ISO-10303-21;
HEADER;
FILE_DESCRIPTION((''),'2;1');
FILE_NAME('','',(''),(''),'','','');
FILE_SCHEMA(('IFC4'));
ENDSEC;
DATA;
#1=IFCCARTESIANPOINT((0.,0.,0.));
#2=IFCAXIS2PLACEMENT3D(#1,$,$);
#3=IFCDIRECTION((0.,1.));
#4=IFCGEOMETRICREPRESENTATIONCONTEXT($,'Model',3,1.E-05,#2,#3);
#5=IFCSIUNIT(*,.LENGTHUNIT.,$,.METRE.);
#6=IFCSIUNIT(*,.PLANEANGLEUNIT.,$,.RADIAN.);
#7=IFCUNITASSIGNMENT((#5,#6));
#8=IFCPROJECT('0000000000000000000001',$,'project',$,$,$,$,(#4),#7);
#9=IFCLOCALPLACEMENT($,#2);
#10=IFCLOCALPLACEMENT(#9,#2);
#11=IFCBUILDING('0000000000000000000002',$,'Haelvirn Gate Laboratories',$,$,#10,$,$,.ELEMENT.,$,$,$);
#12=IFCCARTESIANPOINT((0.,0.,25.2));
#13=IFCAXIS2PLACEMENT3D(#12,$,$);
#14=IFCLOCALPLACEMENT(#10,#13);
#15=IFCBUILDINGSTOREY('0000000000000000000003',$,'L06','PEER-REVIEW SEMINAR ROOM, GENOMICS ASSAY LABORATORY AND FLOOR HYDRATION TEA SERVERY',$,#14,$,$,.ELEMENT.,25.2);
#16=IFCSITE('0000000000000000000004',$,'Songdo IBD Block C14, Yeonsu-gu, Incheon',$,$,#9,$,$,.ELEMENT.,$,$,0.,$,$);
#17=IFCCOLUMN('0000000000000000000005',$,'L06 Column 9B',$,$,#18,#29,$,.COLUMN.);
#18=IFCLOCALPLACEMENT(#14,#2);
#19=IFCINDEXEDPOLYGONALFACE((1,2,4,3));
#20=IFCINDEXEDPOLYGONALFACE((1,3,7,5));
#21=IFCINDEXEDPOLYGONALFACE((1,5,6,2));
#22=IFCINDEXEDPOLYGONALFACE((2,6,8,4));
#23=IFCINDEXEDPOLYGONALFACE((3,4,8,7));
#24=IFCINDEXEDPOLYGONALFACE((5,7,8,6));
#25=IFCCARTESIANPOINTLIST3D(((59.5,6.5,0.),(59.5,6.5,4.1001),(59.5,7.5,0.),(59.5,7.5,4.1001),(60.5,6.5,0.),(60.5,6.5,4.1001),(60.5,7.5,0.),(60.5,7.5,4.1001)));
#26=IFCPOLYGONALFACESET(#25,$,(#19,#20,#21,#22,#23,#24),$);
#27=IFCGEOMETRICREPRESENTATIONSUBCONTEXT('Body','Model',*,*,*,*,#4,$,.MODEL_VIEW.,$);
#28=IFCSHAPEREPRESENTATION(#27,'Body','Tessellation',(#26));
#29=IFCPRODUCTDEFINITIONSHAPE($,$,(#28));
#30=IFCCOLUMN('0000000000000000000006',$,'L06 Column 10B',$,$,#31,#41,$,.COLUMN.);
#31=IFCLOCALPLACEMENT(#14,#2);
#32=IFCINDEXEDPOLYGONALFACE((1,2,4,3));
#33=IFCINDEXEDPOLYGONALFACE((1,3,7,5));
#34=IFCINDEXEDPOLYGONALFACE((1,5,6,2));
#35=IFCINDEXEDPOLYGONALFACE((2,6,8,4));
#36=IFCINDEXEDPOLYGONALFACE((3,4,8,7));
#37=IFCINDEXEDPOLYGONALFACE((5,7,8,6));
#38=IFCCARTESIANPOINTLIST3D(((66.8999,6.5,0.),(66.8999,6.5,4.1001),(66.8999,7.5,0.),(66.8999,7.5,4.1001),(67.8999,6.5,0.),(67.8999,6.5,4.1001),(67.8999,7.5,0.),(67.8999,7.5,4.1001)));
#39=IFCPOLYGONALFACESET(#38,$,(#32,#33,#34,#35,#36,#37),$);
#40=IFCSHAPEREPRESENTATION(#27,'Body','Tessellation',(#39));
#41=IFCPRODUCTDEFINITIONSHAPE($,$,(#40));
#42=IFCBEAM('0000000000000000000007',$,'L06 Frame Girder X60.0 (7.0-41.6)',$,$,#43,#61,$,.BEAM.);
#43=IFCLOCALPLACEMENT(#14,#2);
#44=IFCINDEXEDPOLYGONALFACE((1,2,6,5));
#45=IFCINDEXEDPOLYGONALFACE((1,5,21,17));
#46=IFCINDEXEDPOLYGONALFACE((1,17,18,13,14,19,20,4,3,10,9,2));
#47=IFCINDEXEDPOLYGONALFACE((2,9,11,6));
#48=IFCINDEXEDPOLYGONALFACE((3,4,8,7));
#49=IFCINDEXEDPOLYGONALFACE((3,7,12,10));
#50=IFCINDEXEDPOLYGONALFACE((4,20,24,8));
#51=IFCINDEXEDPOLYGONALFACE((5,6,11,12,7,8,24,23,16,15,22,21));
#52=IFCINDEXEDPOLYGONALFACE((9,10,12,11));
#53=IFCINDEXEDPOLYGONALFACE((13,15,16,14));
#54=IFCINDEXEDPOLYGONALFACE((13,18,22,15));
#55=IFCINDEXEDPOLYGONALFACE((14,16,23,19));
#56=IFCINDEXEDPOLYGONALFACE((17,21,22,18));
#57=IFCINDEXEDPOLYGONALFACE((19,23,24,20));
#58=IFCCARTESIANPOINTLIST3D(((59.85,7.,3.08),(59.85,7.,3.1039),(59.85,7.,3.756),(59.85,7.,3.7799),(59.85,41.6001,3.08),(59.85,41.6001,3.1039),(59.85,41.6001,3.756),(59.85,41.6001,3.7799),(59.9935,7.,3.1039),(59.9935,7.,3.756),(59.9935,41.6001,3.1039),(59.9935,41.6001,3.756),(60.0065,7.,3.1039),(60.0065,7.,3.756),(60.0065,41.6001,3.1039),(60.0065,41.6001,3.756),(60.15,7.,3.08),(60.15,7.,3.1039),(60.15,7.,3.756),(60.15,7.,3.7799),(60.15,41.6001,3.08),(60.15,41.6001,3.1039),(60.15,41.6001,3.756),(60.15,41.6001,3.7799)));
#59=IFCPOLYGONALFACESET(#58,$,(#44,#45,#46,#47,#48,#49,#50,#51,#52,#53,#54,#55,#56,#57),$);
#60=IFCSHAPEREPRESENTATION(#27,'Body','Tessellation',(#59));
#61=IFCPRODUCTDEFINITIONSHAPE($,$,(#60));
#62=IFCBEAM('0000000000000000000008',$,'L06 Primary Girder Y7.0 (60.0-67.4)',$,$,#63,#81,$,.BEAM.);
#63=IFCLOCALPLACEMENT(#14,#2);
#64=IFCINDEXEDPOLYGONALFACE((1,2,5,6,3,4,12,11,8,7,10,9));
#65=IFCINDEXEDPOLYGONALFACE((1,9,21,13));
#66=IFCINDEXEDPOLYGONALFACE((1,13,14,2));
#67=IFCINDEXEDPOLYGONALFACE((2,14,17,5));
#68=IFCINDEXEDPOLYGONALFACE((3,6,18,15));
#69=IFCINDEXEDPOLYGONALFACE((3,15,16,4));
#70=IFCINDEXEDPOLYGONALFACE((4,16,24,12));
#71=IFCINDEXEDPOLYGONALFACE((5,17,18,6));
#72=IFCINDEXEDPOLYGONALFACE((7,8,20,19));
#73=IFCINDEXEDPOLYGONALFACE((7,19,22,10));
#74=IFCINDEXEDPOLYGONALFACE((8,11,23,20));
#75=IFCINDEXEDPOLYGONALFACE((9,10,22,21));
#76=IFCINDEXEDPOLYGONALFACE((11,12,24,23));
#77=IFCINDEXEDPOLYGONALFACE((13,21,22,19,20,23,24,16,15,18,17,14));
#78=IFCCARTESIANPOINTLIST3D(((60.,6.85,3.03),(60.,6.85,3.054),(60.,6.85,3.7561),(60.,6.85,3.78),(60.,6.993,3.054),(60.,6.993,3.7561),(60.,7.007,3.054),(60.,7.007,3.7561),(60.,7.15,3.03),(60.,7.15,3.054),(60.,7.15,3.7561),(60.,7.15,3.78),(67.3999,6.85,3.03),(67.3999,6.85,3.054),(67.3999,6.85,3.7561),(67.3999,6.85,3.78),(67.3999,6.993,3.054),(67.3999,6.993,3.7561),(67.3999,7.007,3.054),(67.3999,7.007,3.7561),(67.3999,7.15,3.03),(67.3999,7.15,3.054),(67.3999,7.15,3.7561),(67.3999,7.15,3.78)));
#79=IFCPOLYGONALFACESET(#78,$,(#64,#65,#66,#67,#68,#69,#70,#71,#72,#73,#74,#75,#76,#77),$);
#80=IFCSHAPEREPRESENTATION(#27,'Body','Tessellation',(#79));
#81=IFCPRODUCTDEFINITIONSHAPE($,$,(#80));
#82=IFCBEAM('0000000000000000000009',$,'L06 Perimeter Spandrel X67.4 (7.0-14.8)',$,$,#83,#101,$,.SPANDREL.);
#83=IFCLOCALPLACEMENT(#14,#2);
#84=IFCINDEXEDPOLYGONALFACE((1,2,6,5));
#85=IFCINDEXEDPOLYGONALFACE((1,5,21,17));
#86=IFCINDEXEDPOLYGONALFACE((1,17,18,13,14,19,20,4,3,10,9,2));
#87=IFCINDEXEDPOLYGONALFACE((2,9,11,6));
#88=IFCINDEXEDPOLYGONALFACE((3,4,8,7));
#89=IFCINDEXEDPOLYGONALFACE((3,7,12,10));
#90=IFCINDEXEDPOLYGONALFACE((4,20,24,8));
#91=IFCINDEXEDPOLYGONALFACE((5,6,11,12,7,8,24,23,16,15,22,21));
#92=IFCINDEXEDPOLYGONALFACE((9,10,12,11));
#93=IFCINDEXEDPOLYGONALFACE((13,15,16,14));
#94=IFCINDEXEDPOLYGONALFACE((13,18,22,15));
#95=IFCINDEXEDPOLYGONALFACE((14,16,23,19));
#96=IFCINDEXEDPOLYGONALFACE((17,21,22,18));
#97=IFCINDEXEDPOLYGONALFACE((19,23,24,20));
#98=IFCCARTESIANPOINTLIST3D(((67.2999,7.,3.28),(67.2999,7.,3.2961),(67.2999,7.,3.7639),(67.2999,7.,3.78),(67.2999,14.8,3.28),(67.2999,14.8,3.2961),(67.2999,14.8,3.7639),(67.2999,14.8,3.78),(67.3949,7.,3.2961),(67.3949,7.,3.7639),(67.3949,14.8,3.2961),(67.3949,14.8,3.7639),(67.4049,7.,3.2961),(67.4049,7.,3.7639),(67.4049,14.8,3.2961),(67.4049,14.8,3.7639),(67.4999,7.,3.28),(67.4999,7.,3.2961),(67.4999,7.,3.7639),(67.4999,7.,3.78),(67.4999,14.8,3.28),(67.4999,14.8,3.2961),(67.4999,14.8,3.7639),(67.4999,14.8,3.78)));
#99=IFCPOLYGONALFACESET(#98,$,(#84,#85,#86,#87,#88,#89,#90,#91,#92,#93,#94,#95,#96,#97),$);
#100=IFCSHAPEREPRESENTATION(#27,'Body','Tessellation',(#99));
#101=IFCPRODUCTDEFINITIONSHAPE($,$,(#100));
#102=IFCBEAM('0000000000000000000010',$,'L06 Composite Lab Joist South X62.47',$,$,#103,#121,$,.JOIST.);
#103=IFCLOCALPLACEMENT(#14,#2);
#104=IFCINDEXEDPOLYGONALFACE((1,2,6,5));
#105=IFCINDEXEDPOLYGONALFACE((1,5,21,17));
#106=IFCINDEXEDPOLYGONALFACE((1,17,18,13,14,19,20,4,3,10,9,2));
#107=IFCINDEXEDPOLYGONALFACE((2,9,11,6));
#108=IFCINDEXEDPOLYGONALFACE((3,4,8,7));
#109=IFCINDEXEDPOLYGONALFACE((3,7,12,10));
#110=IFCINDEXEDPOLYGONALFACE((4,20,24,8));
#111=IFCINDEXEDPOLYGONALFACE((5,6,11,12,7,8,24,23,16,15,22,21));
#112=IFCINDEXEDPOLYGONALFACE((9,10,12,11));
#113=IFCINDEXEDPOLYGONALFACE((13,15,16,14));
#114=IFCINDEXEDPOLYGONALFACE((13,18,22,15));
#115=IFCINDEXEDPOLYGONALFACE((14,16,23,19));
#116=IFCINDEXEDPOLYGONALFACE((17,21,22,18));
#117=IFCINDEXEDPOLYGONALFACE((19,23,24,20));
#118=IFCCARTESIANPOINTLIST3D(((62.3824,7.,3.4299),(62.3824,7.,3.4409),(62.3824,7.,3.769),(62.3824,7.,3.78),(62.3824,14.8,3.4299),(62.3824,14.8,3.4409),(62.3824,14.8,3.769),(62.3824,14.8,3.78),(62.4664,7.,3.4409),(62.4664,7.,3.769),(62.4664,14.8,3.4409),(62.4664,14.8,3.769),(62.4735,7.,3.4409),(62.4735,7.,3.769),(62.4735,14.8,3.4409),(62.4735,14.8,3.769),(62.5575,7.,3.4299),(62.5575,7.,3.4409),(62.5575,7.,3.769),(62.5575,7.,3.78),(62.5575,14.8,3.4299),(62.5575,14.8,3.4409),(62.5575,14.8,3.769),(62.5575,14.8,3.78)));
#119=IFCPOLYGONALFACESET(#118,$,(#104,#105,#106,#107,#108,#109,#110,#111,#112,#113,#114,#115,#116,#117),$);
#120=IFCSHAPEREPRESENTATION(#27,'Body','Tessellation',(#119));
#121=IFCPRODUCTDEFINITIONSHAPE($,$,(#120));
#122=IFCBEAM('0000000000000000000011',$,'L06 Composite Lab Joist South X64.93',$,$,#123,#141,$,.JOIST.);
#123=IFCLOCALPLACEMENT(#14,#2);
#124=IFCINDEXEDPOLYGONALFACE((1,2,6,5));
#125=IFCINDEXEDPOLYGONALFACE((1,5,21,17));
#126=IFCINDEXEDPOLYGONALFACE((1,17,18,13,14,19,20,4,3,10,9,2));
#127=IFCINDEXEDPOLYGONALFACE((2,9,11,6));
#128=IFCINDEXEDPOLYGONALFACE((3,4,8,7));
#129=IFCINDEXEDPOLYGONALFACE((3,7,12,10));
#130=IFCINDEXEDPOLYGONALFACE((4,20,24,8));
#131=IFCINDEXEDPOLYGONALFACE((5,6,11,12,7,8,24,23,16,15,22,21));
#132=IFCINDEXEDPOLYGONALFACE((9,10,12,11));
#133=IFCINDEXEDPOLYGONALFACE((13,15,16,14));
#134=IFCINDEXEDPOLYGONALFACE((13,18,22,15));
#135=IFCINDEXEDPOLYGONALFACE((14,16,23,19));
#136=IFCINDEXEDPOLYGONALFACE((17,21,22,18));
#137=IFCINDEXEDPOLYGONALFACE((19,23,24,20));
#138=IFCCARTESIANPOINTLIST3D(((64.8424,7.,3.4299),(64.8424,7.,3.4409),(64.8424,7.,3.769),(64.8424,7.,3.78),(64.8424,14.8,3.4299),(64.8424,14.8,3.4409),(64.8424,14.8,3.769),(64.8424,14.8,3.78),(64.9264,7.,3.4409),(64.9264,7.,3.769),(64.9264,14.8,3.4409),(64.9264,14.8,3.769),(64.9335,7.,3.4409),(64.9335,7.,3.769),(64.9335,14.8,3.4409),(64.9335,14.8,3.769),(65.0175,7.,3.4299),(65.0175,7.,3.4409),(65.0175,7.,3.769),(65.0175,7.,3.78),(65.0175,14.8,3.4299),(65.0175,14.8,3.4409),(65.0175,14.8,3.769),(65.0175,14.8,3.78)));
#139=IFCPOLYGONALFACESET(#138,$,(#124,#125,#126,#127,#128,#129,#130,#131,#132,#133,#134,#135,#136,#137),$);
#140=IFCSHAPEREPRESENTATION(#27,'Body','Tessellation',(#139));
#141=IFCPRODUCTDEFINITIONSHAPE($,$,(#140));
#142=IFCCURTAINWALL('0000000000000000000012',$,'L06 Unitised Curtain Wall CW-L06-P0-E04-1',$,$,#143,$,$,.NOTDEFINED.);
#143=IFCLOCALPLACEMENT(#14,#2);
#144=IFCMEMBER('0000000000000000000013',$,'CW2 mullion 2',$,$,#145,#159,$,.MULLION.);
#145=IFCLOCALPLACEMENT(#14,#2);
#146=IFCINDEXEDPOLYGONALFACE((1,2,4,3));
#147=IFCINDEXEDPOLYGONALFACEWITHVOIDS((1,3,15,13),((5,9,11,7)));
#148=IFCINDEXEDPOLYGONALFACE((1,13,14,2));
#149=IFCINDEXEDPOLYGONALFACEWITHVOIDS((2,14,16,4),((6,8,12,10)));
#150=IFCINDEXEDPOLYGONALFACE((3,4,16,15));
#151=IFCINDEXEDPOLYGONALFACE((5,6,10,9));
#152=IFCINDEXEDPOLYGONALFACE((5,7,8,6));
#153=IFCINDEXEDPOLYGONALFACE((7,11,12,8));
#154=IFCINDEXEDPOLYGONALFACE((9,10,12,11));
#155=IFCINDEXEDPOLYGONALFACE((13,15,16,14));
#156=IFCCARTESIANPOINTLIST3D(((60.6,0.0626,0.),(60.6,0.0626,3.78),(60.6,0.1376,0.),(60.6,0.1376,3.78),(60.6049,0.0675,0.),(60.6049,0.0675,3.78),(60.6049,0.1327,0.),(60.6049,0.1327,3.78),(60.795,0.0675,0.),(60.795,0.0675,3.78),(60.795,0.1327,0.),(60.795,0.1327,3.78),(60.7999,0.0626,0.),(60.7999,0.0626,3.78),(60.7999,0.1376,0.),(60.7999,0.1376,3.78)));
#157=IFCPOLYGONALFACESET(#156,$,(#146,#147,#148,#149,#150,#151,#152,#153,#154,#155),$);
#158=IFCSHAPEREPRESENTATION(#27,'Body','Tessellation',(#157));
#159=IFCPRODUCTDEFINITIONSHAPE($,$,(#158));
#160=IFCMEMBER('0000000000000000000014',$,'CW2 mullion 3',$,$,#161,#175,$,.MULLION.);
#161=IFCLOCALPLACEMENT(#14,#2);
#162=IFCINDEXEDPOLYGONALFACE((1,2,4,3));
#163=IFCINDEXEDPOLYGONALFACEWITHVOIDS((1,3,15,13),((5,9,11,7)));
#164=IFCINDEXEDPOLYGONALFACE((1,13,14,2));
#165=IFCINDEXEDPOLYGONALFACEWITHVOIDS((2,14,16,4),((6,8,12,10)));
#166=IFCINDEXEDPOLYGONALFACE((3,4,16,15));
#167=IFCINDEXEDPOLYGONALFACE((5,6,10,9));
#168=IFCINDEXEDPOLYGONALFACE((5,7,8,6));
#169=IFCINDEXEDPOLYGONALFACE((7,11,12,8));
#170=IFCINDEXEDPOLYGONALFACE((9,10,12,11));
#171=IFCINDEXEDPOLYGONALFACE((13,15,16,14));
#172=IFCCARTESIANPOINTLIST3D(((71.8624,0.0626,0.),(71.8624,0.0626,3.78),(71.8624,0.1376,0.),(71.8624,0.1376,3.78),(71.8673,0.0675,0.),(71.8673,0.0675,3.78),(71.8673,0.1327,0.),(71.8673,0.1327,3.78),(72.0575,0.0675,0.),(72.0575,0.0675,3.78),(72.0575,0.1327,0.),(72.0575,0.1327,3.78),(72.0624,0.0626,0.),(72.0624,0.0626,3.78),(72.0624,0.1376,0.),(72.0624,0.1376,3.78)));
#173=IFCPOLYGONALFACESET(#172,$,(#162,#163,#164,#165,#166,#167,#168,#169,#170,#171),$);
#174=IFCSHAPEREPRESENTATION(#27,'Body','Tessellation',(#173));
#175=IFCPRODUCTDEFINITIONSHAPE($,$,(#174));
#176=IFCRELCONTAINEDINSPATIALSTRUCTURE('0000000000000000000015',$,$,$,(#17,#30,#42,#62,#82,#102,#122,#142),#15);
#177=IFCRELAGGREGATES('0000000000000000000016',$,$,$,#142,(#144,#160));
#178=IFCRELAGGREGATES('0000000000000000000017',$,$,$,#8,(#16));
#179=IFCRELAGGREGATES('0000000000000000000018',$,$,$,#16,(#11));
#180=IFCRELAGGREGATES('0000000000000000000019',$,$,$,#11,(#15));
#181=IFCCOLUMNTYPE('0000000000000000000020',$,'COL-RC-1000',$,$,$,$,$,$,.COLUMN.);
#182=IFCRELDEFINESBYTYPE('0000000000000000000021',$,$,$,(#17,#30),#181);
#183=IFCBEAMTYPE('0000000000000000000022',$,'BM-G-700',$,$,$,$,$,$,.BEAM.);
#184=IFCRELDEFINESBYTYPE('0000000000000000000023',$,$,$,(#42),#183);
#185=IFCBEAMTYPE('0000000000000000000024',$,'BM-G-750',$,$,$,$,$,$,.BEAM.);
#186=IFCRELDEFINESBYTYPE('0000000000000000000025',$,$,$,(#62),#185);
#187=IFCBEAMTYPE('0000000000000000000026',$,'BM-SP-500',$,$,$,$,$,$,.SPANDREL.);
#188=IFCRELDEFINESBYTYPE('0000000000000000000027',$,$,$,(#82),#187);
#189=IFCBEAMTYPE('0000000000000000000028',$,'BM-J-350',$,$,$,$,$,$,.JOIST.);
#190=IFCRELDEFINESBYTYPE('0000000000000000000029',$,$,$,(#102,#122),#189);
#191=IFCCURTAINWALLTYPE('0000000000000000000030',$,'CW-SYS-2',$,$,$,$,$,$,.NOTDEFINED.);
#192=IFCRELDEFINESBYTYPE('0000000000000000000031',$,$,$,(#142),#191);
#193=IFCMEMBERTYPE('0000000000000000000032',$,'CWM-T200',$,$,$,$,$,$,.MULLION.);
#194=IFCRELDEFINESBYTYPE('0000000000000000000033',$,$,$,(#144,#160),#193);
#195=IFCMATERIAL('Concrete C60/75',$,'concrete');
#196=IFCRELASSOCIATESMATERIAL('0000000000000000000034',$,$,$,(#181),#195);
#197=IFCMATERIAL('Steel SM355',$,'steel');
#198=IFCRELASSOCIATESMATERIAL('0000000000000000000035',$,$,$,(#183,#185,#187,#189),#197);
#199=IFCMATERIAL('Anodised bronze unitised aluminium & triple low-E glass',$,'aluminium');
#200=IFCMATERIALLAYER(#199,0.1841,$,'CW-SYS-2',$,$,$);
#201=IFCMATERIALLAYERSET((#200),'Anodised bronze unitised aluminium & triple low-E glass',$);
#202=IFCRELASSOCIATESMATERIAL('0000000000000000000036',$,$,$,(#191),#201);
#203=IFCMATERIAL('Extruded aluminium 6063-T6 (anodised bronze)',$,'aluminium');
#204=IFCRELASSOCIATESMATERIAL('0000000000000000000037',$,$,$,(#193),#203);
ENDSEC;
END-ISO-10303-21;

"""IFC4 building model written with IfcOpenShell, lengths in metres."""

from ifc_helpers import new_model, si_unit, direction, frame, origin, origin_2d, place, context, subcontext, project, spatial, rectangle, hollow_rectangle, i_section, extrude, source, transform, mapped, material, layer, layer_set, material_profile, profile_set, type_object, type_shapes, element, aggregate, save


model = new_model("IFC4")

# Units and contexts
model_context = context("Model", 3, precision=1e-05, world=origin(), true_north=direction((0.0, 1.0)))
body_context = subcontext(model_context, "Body", "Model", "MODEL_VIEW")
ifc_project = project(units=[si_unit("LENGTHUNIT", "METRE"), si_unit("PLANEANGLEUNIT", "RADIAN")], contexts=[model_context])

# Site, building, storey
site_placement = place(None, origin())
site = spatial("IfcSite", under=ifc_project, at=site_placement, Name="Songdo IBD Block C14, Yeonsu-gu, Incheon", CompositionType="ELEMENT", RefElevation=0.0)
building_placement = place(site_placement, origin())
building = spatial("IfcBuilding", under=site, at=building_placement, Name="Haelvirn Gate Laboratories", CompositionType="ELEMENT")
storey_placement = place(building_placement, frame((0.0, 0.0, 25.2)))
storey = spatial("IfcBuildingStorey", under=building, at=storey_placement, Name="L06", Description="PEER-REVIEW SEMINAR ROOM, GENOMICS ASSAY LABORATORY AND FLOOR HYDRATION TEA SERVERY", CompositionType="ELEMENT", Elevation=25.2)

# Columns
ifc_material_1 = material(Name="Concrete C60/75", Category="concrete")
ifc_material_profile_1 = material_profile(ifc_material_1, rectangle(XDim=1.0, YDim=1.0, at=origin_2d()), Name="RC-1000x1000")
ifc_profile_set_1 = profile_set([ifc_material_profile_1], Name="Concrete C60/75")
column_type = type_object("IfcColumnType", Name="COL-RC-1000", PredefinedType="COLUMN", material=ifc_profile_set_1)
shared_shape_1 = source(origin(), body_context, "Body", "SweptSolid", [
    extrude(rectangle(XDim=1.0, YDim=1.0, at=origin_2d()), origin(), (0.0, 0.0, 1.0), 4.1001),
])
type_shapes(column_type, [shared_shape_1])
for number, where, z_axis, x_axis, name in (
    (1, (60.0, 7.0, 0.0), (0.0, 0.0, 1.0), (1.0, 0.0, 0.0), "L06 Column 9B"),
    (2, (67.3999, 7.0, 0.0), (0.0, 0.0, 1.0), (1.0, 0.0, 0.0), "L06 Column 10B"),
):
    element("IfcColumn", number, at=place(storey_placement, frame(where, z_axis=z_axis, x_axis=x_axis)), inside=storey, type_object=column_type, Name=name, PredefinedType="COLUMN", context=body_context, shape_type="MappedRepresentation", body=[
        mapped(shared_shape_1, transform((0.0, 0.0, 0.0), scale=1.0)),
    ])

# Beams
ifc_material_2 = material(Name="Steel SM355", Category="steel")
ifc_material_profile_2 = material_profile(ifc_material_2, i_section(OverallWidth=0.3, OverallDepth=0.7, WebThickness=0.0129, FlangeThickness=0.0239, at=origin_2d()), Name="H-700x300x13x24")
ifc_profile_set_2 = profile_set([ifc_material_profile_2], Name="Steel SM355")
beam_type_1 = type_object("IfcBeamType", Name="BM-G-700", PredefinedType="BEAM", material=ifc_profile_set_2)
shared_shape_2 = source(origin(), body_context, "Body", "SweptSolid", [
    extrude(i_section(OverallWidth=0.3, OverallDepth=0.7, WebThickness=0.0129, FlangeThickness=0.0239, at=origin_2d()), origin(), (0.0, 0.0, 1.0), 34.6001),
])
type_shapes(beam_type_1, [shared_shape_2])
beam_1_placement = place(storey_placement, frame((60.0, 7.0, 3.4299), z_axis=(0.0, 1.0, 0.0), x_axis=(-1.0, 0.0, 0.0)))
element("IfcBeam", 3, at=beam_1_placement, inside=storey, type_object=beam_type_1, Name="L06 Frame Girder X60.0 (7.0-41.6)", PredefinedType="BEAM", context=body_context, shape_type="MappedRepresentation", body=[
    mapped(shared_shape_2, transform((0.0, 0.0, 0.0), scale=1.0)),
])
ifc_material_profile_3 = material_profile(ifc_material_2, i_section(OverallWidth=0.3, OverallDepth=0.75, WebThickness=0.0139, FlangeThickness=0.0239, at=origin_2d()), Name="H-750x300x14x24")
ifc_profile_set_3 = profile_set([ifc_material_profile_3], Name="Steel SM355")
beam_type_2 = type_object("IfcBeamType", Name="BM-G-750", PredefinedType="BEAM", material=ifc_profile_set_3)
shared_shape_3 = source(origin(), body_context, "Body", "SweptSolid", [
    extrude(i_section(OverallWidth=0.3, OverallDepth=0.75, WebThickness=0.0139, FlangeThickness=0.0239, at=origin_2d()), origin(), (0.0, 0.0, 1.0), 7.3999),
])
type_shapes(beam_type_2, [shared_shape_3])
beam_2_placement = place(storey_placement, frame((60.0, 7.0, 3.405), z_axis=(1.0, 0.0, 0.0), x_axis=(0.0, 1.0, 0.0)))
element("IfcBeam", 4, at=beam_2_placement, inside=storey, type_object=beam_type_2, Name="L06 Primary Girder Y7.0 (60.0-67.4)", PredefinedType="BEAM", context=body_context, shape_type="MappedRepresentation", body=[
    mapped(shared_shape_3, transform((0.0, 0.0, 0.0), scale=1.0)),
])
ifc_material_profile_4 = material_profile(ifc_material_2, i_section(OverallWidth=0.2, OverallDepth=0.5, WebThickness=0.01, FlangeThickness=0.0161, at=origin_2d()), Name="H-500x200x10x16")
ifc_profile_set_4 = profile_set([ifc_material_profile_4], Name="Steel SM355")
beam_type_3 = type_object("IfcBeamType", Name="BM-SP-500", PredefinedType="SPANDREL", material=ifc_profile_set_4)
shared_shape_4 = source(origin(), body_context, "Body", "SweptSolid", [
    extrude(i_section(OverallWidth=0.2, OverallDepth=0.5, WebThickness=0.01, FlangeThickness=0.0161, at=origin_2d()), origin(), (0.0, 0.0, 1.0), 7.8),
])
type_shapes(beam_type_3, [shared_shape_4])
beam_3_placement = place(storey_placement, frame((67.3999, 7.0, 3.53), z_axis=(0.0, 1.0, 0.0), x_axis=(-1.0, 0.0, 0.0)))
element("IfcBeam", 5, at=beam_3_placement, inside=storey, type_object=beam_type_3, Name="L06 Perimeter Spandrel X67.4 (7.0-14.8)", PredefinedType="SPANDREL", context=body_context, shape_type="MappedRepresentation", body=[
    mapped(shared_shape_4, transform((0.0, 0.0, 0.0), scale=1.0)),
])
ifc_material_profile_5 = material_profile(ifc_material_2, i_section(OverallWidth=0.175, OverallDepth=0.3501, WebThickness=0.0071, FlangeThickness=0.011, at=origin_2d()), Name="H-350x175x7x11")
ifc_profile_set_5 = profile_set([ifc_material_profile_5], Name="Steel SM355")
beam_type_4 = type_object("IfcBeamType", Name="BM-J-350", PredefinedType="JOIST", material=ifc_profile_set_5)
shared_shape_5 = source(origin(), body_context, "Body", "SweptSolid", [
    extrude(i_section(OverallWidth=0.175, OverallDepth=0.3501, WebThickness=0.0071, FlangeThickness=0.011, at=origin_2d()), origin(), (0.0, 0.0, 1.0), 7.8),
])
type_shapes(beam_type_4, [shared_shape_5])
for number, where, z_axis, x_axis, name in (
    (6, (62.47, 7.0, 3.605), (0.0, 1.0, 0.0), (-1.0, 0.0, 0.0), "L06 Composite Lab Joist South X62.47"),
    (7, (64.9299, 7.0, 3.605), (0.0, 1.0, 0.0), (-1.0, 0.0, 0.0), "L06 Composite Lab Joist South X64.93"),
):
    element("IfcBeam", number, at=place(storey_placement, frame(where, z_axis=z_axis, x_axis=x_axis)), inside=storey, type_object=beam_type_4, Name=name, PredefinedType="JOIST", context=body_context, shape_type="MappedRepresentation", body=[
        mapped(shared_shape_5, transform((0.0, 0.0, 0.0), scale=1.0)),
    ])

# Curtain wall, members
ifc_material_3 = material(Name="Anodised bronze unitised aluminium & triple low-E glass", Category="aluminium")
ifc_layer_1 = layer(ifc_material_3, 0.1841, Name="CW-SYS-2")
ifc_layer_set_1 = layer_set([ifc_layer_1], Name="Anodised bronze unitised aluminium & triple low-E glass")
curtain_wall_type_1 = type_object("IfcCurtainWallType", Name="CW-SYS-2", PredefinedType="NOTDEFINED", material=ifc_layer_set_1)
curtain_wall_1_placement = place(storey_placement, origin())
curtain_wall_1 = element("IfcCurtainWall", 8, at=curtain_wall_1_placement, inside=storey, type_object=curtain_wall_type_1, Name="L06 Unitised Curtain Wall CW-L06-P0-E04-1", PredefinedType="NOTDEFINED")
ifc_material_4 = material(Name="Extruded aluminium 6063-T6 (anodised bronze)", Category="aluminium")
ifc_material_profile_6 = material_profile(ifc_material_4, hollow_rectangle(XDim=0.075, YDim=0.2, WallThickness=0.0049, at=origin_2d()), Name="CWM-200x75x5")
ifc_profile_set_6 = profile_set([ifc_material_profile_6], Name="Extruded aluminium 6063-T6 (anodised bronze)")
member_type_1 = type_object("IfcMemberType", Name="CWM-T200", PredefinedType="MULLION", material=ifc_profile_set_6)
shared_shape_6 = source(origin(), body_context, "Body", "SweptSolid", [
    extrude(hollow_rectangle(XDim=0.075, YDim=0.2, WallThickness=0.0049, at=origin_2d()), origin(), (0.0, 0.0, 1.0), 3.78),
])
type_shapes(member_type_1, [shared_shape_6])
member_1_placement = place(storey_placement, frame((60.7, 0.1001, 0.0), z_axis=(0.0, 0.0, 1.0), x_axis=(0.0, 1.0, 0.0)))
member_1 = element("IfcMember", 9, at=member_1_placement, type_object=member_type_1, Name="CW2 mullion 2", PredefinedType="MULLION", context=body_context, shape_type="MappedRepresentation", body=[
    mapped(shared_shape_6, transform((0.0, 0.0, 0.0), scale=1.0)),
])
member_2_placement = place(storey_placement, frame((71.9624, 0.1001, 0.0), z_axis=(0.0, 0.0, 1.0), x_axis=(0.0, 1.0, 0.0)))
member_2 = element("IfcMember", 10, at=member_2_placement, type_object=member_type_1, Name="CW2 mullion 3", PredefinedType="MULLION", context=body_context, shape_type="MappedRepresentation", body=[
    mapped(shared_shape_6, transform((0.0, 0.0, 0.0), scale=1.0)),
])

aggregate(curtain_wall_1, [member_1, member_2])

save(model, "model.ifc")
